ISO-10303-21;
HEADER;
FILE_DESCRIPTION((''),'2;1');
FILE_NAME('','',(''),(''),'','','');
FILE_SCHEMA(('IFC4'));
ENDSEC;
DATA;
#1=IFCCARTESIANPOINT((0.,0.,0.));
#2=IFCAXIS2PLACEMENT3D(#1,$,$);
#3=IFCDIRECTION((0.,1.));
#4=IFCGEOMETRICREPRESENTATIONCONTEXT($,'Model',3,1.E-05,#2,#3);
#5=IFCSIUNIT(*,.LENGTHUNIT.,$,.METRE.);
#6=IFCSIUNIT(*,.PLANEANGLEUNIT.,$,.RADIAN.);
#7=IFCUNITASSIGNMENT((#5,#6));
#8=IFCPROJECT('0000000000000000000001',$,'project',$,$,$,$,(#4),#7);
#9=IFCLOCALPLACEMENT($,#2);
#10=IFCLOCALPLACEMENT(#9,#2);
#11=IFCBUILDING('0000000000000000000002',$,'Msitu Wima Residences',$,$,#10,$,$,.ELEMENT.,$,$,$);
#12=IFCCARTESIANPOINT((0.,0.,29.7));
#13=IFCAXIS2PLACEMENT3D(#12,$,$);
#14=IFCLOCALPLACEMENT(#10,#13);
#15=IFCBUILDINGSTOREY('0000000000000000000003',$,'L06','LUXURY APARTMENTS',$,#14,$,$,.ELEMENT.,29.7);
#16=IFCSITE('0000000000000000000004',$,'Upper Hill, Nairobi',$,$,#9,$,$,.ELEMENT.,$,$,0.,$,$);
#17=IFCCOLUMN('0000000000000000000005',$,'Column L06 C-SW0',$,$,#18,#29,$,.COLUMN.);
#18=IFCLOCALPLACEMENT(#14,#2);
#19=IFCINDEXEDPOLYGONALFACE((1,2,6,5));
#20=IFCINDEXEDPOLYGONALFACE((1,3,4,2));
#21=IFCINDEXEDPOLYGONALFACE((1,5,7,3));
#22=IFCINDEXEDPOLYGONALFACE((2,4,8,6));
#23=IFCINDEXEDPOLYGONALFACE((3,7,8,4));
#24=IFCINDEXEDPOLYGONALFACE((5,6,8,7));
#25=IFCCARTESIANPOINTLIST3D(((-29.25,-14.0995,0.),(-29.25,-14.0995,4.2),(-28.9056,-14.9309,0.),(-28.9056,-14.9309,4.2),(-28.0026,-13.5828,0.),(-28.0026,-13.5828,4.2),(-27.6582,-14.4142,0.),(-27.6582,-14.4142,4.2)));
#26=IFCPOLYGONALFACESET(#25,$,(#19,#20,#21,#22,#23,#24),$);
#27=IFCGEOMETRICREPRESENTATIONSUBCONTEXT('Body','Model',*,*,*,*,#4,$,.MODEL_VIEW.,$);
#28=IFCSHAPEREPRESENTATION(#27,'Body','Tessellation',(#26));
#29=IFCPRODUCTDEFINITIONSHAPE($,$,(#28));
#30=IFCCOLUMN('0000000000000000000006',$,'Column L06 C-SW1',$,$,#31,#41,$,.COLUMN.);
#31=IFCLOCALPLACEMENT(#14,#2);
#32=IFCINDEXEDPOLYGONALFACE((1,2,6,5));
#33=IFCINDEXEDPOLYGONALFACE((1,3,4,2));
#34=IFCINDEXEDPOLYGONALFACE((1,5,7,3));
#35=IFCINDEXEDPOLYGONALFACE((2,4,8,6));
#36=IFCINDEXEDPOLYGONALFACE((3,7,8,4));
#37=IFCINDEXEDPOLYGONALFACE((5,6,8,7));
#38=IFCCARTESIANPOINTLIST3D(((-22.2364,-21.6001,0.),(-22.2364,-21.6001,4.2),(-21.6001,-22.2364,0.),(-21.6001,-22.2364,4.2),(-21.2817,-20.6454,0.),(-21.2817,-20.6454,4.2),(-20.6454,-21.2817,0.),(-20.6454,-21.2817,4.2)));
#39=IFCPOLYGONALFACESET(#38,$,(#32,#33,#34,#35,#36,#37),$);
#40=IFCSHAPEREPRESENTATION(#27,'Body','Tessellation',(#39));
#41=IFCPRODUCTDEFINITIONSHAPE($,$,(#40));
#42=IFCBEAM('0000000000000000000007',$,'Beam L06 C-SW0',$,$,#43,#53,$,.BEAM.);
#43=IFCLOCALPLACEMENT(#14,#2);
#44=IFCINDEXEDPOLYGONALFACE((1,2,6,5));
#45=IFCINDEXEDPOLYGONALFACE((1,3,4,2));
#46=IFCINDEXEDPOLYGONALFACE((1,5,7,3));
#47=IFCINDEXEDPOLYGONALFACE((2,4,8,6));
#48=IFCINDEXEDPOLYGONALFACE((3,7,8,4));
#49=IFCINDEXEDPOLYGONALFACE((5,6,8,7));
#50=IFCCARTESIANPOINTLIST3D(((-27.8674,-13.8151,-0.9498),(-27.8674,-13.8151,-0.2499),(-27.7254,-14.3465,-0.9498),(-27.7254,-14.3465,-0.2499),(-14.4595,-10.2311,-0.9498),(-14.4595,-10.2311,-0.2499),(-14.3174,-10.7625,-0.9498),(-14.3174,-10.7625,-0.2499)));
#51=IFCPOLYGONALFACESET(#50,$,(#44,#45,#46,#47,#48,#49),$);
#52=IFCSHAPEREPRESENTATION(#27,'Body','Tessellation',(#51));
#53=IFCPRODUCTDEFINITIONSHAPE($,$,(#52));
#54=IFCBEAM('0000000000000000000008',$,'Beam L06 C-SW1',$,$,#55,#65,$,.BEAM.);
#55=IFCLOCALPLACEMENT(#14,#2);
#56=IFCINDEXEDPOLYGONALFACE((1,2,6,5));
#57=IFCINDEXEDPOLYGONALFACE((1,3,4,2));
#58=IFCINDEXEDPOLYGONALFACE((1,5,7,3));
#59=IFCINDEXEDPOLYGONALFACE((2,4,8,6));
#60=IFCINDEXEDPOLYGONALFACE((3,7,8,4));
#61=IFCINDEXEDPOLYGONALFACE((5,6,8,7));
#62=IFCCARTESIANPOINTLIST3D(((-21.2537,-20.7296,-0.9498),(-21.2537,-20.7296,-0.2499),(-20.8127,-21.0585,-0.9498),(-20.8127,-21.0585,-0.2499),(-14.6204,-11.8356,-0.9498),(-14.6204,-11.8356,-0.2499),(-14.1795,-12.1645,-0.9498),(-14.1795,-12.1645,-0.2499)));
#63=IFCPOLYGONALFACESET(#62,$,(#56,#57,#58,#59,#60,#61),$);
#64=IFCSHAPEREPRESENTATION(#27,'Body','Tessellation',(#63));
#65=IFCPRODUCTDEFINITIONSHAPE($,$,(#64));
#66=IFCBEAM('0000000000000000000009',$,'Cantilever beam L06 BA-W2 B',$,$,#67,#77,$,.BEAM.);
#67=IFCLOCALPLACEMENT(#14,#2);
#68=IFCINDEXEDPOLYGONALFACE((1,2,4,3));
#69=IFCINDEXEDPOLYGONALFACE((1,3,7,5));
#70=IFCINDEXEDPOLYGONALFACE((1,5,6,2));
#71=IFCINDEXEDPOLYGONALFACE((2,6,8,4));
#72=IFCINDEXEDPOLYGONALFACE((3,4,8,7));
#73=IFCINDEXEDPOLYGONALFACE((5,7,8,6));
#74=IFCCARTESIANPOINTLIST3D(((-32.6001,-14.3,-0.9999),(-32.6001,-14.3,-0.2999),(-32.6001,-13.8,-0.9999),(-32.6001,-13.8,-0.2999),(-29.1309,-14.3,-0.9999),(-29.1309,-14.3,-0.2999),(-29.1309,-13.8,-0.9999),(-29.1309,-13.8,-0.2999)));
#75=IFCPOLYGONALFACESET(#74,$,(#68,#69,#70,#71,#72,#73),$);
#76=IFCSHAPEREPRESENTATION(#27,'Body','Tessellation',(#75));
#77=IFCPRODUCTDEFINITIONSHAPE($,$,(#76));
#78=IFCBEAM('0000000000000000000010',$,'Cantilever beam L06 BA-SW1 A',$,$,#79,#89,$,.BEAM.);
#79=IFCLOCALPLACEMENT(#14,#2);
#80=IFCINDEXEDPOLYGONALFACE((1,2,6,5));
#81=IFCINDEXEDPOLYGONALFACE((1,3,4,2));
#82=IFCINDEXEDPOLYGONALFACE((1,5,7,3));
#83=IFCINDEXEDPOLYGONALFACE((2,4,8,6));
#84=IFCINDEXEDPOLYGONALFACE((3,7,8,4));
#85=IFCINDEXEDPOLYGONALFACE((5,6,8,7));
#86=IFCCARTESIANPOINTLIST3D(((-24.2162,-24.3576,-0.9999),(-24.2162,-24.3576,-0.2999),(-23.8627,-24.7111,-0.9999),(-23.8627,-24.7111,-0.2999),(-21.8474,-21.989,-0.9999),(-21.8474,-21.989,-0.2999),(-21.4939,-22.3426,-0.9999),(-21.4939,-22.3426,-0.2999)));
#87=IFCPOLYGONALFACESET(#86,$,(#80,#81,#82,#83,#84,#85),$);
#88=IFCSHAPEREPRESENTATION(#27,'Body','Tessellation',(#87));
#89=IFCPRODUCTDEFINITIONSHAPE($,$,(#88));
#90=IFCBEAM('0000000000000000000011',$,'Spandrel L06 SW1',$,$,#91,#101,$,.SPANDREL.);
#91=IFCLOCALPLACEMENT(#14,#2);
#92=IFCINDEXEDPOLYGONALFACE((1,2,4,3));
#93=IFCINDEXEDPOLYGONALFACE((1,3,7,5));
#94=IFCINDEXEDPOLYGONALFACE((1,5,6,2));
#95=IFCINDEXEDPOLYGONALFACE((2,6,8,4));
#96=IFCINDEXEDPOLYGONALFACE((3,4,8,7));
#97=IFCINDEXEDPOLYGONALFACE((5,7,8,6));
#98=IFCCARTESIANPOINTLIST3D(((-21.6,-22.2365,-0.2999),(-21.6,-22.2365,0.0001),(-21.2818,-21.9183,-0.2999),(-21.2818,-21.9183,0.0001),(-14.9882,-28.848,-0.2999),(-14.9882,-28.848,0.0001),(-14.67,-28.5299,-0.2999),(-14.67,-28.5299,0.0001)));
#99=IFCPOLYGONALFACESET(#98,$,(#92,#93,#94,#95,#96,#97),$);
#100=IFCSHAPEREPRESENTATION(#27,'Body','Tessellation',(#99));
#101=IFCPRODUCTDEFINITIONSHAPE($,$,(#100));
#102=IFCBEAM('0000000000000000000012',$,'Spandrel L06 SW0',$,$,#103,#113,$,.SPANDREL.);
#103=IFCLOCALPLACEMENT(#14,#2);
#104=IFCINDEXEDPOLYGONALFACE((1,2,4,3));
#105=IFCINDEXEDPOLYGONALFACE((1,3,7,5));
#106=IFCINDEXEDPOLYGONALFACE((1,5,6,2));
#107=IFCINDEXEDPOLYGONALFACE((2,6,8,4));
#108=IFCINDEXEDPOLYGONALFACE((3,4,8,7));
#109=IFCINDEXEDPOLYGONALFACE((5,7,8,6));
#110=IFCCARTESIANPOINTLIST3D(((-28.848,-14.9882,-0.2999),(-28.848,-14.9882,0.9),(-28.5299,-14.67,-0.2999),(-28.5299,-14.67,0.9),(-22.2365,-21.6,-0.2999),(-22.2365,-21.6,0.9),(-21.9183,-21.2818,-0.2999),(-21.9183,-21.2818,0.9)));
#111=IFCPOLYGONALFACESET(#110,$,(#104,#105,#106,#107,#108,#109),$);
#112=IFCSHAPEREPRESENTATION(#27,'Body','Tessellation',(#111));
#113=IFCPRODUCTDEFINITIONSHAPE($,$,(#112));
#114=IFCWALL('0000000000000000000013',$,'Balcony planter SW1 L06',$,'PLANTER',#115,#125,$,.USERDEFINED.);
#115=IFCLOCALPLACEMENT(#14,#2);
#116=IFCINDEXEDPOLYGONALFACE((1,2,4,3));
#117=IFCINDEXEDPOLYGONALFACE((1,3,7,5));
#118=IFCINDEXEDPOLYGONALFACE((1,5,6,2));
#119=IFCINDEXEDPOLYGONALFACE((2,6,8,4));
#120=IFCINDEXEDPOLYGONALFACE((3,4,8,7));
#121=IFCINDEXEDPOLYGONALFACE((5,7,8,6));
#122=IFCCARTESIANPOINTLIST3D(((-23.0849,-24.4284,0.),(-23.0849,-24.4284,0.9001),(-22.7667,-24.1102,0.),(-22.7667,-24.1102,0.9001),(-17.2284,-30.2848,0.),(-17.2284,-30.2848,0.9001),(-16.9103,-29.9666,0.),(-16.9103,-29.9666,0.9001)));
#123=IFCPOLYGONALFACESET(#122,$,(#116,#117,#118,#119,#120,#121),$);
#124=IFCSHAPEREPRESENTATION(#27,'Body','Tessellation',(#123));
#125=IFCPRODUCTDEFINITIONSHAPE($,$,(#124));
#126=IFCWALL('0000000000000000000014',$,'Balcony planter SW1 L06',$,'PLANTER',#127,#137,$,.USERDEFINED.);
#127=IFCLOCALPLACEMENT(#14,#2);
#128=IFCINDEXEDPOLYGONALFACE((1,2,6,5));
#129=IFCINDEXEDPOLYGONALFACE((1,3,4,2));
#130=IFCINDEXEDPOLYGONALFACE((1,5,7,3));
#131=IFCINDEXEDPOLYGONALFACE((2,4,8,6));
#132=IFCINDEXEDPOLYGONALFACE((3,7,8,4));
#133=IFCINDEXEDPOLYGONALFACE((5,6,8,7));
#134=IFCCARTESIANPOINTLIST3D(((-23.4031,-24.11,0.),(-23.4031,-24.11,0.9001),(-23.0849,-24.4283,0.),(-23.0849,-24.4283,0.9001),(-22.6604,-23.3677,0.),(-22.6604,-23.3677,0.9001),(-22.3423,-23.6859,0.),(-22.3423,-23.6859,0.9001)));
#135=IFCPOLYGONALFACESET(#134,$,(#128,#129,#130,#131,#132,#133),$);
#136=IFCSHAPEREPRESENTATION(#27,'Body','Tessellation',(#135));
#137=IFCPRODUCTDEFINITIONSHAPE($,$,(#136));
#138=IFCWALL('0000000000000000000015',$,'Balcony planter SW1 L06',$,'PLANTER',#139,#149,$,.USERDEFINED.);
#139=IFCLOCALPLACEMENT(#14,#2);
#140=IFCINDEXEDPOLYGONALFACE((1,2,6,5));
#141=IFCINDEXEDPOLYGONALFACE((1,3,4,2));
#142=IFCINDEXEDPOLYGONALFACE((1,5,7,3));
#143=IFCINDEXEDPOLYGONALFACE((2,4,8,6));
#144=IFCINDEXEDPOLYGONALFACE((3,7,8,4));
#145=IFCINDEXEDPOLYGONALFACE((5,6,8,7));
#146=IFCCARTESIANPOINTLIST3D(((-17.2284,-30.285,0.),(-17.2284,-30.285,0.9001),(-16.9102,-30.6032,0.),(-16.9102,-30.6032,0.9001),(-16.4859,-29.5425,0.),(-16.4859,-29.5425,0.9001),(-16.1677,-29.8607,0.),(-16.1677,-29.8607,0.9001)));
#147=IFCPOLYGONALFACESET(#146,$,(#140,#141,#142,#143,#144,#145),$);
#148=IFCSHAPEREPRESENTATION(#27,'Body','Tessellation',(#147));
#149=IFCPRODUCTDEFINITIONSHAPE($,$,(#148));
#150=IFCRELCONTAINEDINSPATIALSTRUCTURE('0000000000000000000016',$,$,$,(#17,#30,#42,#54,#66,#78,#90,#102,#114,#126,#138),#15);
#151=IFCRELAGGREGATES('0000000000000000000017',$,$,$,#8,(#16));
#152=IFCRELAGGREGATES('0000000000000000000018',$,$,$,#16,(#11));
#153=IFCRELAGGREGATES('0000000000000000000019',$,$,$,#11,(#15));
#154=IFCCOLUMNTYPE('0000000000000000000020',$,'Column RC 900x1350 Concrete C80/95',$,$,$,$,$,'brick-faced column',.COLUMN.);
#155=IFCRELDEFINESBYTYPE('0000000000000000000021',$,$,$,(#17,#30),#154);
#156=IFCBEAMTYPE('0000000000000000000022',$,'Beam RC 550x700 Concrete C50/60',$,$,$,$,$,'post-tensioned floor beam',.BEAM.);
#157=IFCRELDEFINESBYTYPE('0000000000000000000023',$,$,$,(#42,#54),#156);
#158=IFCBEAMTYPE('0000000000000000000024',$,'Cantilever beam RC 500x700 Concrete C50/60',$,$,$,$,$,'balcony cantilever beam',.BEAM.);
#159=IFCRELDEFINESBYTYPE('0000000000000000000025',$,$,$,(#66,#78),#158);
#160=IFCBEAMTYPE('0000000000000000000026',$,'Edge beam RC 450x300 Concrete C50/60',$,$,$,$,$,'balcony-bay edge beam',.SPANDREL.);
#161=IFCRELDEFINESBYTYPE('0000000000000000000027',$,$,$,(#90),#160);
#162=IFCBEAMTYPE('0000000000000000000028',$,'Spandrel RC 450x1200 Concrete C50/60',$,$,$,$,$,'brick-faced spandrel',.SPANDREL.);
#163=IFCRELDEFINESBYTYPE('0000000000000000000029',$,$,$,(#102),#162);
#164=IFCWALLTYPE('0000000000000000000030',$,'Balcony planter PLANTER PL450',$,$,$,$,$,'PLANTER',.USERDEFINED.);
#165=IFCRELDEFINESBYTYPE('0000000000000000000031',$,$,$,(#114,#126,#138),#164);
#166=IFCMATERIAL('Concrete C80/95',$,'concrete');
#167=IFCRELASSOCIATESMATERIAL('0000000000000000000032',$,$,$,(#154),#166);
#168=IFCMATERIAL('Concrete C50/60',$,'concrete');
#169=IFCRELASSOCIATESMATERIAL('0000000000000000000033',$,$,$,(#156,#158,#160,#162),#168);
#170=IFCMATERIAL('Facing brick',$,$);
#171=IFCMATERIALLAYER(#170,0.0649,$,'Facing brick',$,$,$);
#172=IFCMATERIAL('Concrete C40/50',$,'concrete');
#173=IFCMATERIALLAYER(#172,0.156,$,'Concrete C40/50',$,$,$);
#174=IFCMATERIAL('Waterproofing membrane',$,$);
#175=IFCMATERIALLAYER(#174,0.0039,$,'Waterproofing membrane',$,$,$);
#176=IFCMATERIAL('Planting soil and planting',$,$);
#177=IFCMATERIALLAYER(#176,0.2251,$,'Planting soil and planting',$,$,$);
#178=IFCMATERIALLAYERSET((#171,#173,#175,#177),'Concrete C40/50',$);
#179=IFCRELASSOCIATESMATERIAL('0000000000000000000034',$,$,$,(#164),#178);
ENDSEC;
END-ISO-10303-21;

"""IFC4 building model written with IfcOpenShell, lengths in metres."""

from ifc_helpers import new_model, si_unit, direction, frame, frame_2d, origin, origin_2d, place, context, subcontext, project, spatial, rectangle, extrude, material, layer, layer_set, material_profile, profile_set, type_object, element, save


model = new_model("IFC4")

# Units and contexts
model_context = context("Model", 3, precision=1e-05, world=origin(), true_north=direction((0.0, 1.0)))
body_context = subcontext(model_context, "Body", "Model", "MODEL_VIEW")
ifc_project = project(units=[si_unit("LENGTHUNIT", "METRE"), si_unit("PLANEANGLEUNIT", "RADIAN")], contexts=[model_context])

# Site, building, storey
site_placement = place(None, origin())
site = spatial("IfcSite", under=ifc_project, at=site_placement, Name="Upper Hill, Nairobi", CompositionType="ELEMENT", RefElevation=0.0)
building_placement = place(site_placement, origin())
building = spatial("IfcBuilding", under=site, at=building_placement, Name="Msitu Wima Residences", CompositionType="ELEMENT")
storey_placement = place(building_placement, frame((0.0, 0.0, 29.7)))
storey = spatial("IfcBuildingStorey", under=building, at=storey_placement, Name="L06", Description="LUXURY APARTMENTS", CompositionType="ELEMENT", Elevation=29.7)

# Columns
ifc_material_1 = material(Name="Concrete C80/95", Category="concrete")
ifc_material_profile_1 = material_profile(ifc_material_1, rectangle(XDim=0.8999, YDim=1.3501, at=origin_2d()), Name="RC 900x1350")
ifc_profile_set_1 = profile_set([ifc_material_profile_1], Name="Concrete C80/95")
column_type = type_object("IfcColumnType", Name="Column RC 900x1350 Concrete C80/95", ElementType="brick-faced column", PredefinedType="COLUMN", material=ifc_profile_set_1)
for number, where, z_axis, x_axis, name in (
    (1, (-28.4541, -14.2568, 0.0), (0.0, 0.0, 1.0), (0.382683, -0.92388, 0.0), "Column L06 C-SW0"),
    (2, (-21.4409, -21.4409, 0.0), (0.0, 0.0, 1.0), (0.707107, -0.707107, 0.0), "Column L06 C-SW1"),
):
    element("IfcColumn", number, at=place(storey_placement, frame(where, z_axis=z_axis, x_axis=x_axis)), inside=storey, type_object=column_type, Name=name, PredefinedType="COLUMN", context=body_context, shape_type="SweptSolid", body=[
        extrude(rectangle(XDim=0.8999, YDim=1.3501, at=origin_2d()), origin(), (0.0, 0.0, 1.0), 4.2),
    ])

# Beams
ifc_material_2 = material(Name="Concrete C50/60", Category="concrete")
ifc_material_profile_2 = material_profile(ifc_material_2, rectangle(XDim=0.55, YDim=0.7, at=origin_2d()), Name="RC 550x700")
ifc_profile_set_2 = profile_set([ifc_material_profile_2], Name="Concrete C50/60")
beam_type_1 = type_object("IfcBeamType", Name="Beam RC 550x700 Concrete C50/60", ElementType="post-tensioned floor beam", PredefinedType="BEAM", material=ifc_profile_set_2)
beam_1_placement = place(storey_placement, frame((-27.7964, -14.0808, -0.5999), z_axis=(0.966082, 0.258236, 0.0), x_axis=(-0.258236, 0.966082, 0.0)))
element("IfcBeam", 3, at=beam_1_placement, inside=storey, type_object=beam_type_1, Name="Beam L06 C-SW0", PredefinedType="BEAM", context=body_context, shape_type="SweptSolid", body=[
    extrude(rectangle(XDim=0.55, YDim=0.7, at=origin_2d()), origin(), (0.0, 0.0, 1.0), 13.8787),
])
beam_2_placement = place(storey_placement, frame((-21.0332, -20.894, -0.5999), z_axis=(0.59785, 0.801608, 0.0), x_axis=(-0.801608, 0.59785, 0.0)))
element("IfcBeam", 4, at=beam_2_placement, inside=storey, type_object=beam_type_1, Name="Beam L06 C-SW1", PredefinedType="BEAM", context=body_context, shape_type="SweptSolid", body=[
    extrude(rectangle(XDim=0.55, YDim=0.7, at=origin_2d()), origin(), (0.0, 0.0, 1.0), 11.0952),
])
ifc_material_profile_3 = material_profile(ifc_material_2, rectangle(XDim=0.5, YDim=0.7, at=origin_2d()), Name="RC 500x700")
ifc_profile_set_3 = profile_set([ifc_material_profile_3], Name="Concrete C50/60")
beam_type_2 = type_object("IfcBeamType", Name="Cantilever beam RC 500x700 Concrete C50/60", ElementType="balcony cantilever beam", PredefinedType="BEAM", material=ifc_profile_set_3)
beam_3_placement = place(storey_placement, frame((-29.1309, -14.05, -0.6499), z_axis=(-1.0, 0.0, 0.0), x_axis=(0.0, -1.0, 0.0)))
element("IfcBeam", 5, at=beam_3_placement, inside=storey, type_object=beam_type_2, Name="Cantilever beam L06 BA-W2 B", PredefinedType="BEAM", context=body_context, shape_type="SweptSolid", body=[
    extrude(rectangle(XDim=0.5, YDim=0.7, at=origin_2d()), origin(), (0.0, 0.0, 1.0), 3.4692),
])
beam_4_placement = place(storey_placement, frame((-21.6707, -22.1658, -0.6499), z_axis=(-0.707143, -0.70707, 0.0), x_axis=(0.70707, -0.707143, 0.0)))
element("IfcBeam", 6, at=beam_4_placement, inside=storey, type_object=beam_type_2, Name="Cantilever beam L06 BA-SW1 A", PredefinedType="BEAM", context=body_context, shape_type="SweptSolid", body=[
    extrude(rectangle(XDim=0.5, YDim=0.7, at=origin_2d()), origin(), (0.0, 0.0, 1.0), 3.3499),
])
ifc_material_profile_4 = material_profile(ifc_material_2, rectangle(XDim=0.45, YDim=0.3, at=origin_2d()), Name="RC 450x300")
ifc_profile_set_4 = profile_set([ifc_material_profile_4], Name="Concrete C50/60")
beam_type_3 = type_object("IfcBeamType", Name="Edge beam RC 450x300 Concrete C50/60", ElementType="balcony-bay edge beam", PredefinedType="SPANDREL", material=ifc_profile_set_4)
beam_5_placement = place(storey_placement, frame((-21.4409, -22.0774, -0.1499), z_axis=(0.70712, -0.707094, 0.0), x_axis=(0.707094, 0.70712, 0.0)))
element("IfcBeam", 7, at=beam_5_placement, inside=storey, type_object=beam_type_3, Name="Spandrel L06 SW1", PredefinedType="SPANDREL", context=body_context, shape_type="SweptSolid", body=[
    extrude(rectangle(XDim=0.45, YDim=0.3, at=origin_2d()), origin(), (0.0, 0.0, 1.0), 9.3503),
])
ifc_material_profile_5 = material_profile(ifc_material_2, rectangle(XDim=0.45, YDim=1.2, at=origin_2d()), Name="RC 450x1200")
ifc_profile_set_5 = profile_set([ifc_material_profile_5], Name="Concrete C50/60")
beam_type_4 = type_object("IfcBeamType", Name="Spandrel RC 450x1200 Concrete C50/60", ElementType="brick-faced spandrel", PredefinedType="SPANDREL", material=ifc_profile_set_5)
beam_6_placement = place(storey_placement, frame((-28.689, -14.8291, 0.3), z_axis=(0.707094, -0.70712, 0.0), x_axis=(0.70712, 0.707094, 0.0)))
element("IfcBeam", 8, at=beam_6_placement, inside=storey, type_object=beam_type_4, Name="Spandrel L06 SW0", PredefinedType="SPANDREL", context=body_context, shape_type="SweptSolid", body=[
    extrude(rectangle(XDim=0.45, YDim=1.2, at=origin_2d()), origin(), (0.0, 0.0, 1.0), 9.3503),
])

# Walls
ifc_material_3 = material(Name="Facing brick")
ifc_layer_1 = layer(ifc_material_3, 0.0649, Name="Facing brick")
ifc_material_4 = material(Name="Concrete C40/50", Category="concrete")
ifc_layer_2 = layer(ifc_material_4, 0.156, Name="Concrete C40/50")
ifc_material_5 = material(Name="Waterproofing membrane")
ifc_layer_3 = layer(ifc_material_5, 0.0039, Name="Waterproofing membrane")
ifc_material_6 = material(Name="Planting soil and planting")
ifc_layer_4 = layer(ifc_material_6, 0.2251, Name="Planting soil and planting")
ifc_layer_set_1 = layer_set([ifc_layer_1, ifc_layer_2, ifc_layer_3, ifc_layer_4], Name="Concrete C40/50")
wall_type_1 = type_object("IfcWallType", Name="Balcony planter PLANTER PL450", ElementType="PLANTER", PredefinedType="USERDEFINED", material=ifc_layer_set_1)
wall_1_placement = place(storey_placement, frame((-22.9258, -24.2693, 0.0), z_axis=(0.0, 0.0, 1.0), x_axis=(0.707107, -0.707107, 0.0)))
element("IfcWall", 9, at=wall_1_placement, inside=storey, type_object=wall_type_1, Name="Balcony planter SW1 L06", ObjectType="PLANTER", PredefinedType="USERDEFINED", context=body_context, shape_type="SweptSolid", body=[
    extrude(rectangle(XDim=8.2822, YDim=0.45, at=frame_2d((4.1411, 0.0))), origin(), (0.0, 0.0, 1.0), 0.9001),
])
for number, where, z_axis, x_axis, name in (
    (10, (-22.5015, -23.5269, 0.0), (0.0, 0.0, 1.0), (-0.707223, -0.706991, 0.0), "Balcony planter SW1 L06"),
    (11, (-16.3269, -29.7017, 0.0), (0.0, 0.0, 1.0), (-0.707107, -0.707107, 0.0), "Balcony planter SW1 L06"),
):
    element("IfcWall", number, at=place(storey_placement, frame(where, z_axis=z_axis, x_axis=x_axis)), inside=storey, type_object=wall_type_1, Name=name, ObjectType="PLANTER", PredefinedType="USERDEFINED", context=body_context, shape_type="SweptSolid", body=[
        extrude(rectangle(XDim=1.05, YDim=0.45, at=frame_2d((0.5249, 0.0))), origin(), (0.0, 0.0, 1.0), 0.9001),
    ])

save(model, "model.ifc")
